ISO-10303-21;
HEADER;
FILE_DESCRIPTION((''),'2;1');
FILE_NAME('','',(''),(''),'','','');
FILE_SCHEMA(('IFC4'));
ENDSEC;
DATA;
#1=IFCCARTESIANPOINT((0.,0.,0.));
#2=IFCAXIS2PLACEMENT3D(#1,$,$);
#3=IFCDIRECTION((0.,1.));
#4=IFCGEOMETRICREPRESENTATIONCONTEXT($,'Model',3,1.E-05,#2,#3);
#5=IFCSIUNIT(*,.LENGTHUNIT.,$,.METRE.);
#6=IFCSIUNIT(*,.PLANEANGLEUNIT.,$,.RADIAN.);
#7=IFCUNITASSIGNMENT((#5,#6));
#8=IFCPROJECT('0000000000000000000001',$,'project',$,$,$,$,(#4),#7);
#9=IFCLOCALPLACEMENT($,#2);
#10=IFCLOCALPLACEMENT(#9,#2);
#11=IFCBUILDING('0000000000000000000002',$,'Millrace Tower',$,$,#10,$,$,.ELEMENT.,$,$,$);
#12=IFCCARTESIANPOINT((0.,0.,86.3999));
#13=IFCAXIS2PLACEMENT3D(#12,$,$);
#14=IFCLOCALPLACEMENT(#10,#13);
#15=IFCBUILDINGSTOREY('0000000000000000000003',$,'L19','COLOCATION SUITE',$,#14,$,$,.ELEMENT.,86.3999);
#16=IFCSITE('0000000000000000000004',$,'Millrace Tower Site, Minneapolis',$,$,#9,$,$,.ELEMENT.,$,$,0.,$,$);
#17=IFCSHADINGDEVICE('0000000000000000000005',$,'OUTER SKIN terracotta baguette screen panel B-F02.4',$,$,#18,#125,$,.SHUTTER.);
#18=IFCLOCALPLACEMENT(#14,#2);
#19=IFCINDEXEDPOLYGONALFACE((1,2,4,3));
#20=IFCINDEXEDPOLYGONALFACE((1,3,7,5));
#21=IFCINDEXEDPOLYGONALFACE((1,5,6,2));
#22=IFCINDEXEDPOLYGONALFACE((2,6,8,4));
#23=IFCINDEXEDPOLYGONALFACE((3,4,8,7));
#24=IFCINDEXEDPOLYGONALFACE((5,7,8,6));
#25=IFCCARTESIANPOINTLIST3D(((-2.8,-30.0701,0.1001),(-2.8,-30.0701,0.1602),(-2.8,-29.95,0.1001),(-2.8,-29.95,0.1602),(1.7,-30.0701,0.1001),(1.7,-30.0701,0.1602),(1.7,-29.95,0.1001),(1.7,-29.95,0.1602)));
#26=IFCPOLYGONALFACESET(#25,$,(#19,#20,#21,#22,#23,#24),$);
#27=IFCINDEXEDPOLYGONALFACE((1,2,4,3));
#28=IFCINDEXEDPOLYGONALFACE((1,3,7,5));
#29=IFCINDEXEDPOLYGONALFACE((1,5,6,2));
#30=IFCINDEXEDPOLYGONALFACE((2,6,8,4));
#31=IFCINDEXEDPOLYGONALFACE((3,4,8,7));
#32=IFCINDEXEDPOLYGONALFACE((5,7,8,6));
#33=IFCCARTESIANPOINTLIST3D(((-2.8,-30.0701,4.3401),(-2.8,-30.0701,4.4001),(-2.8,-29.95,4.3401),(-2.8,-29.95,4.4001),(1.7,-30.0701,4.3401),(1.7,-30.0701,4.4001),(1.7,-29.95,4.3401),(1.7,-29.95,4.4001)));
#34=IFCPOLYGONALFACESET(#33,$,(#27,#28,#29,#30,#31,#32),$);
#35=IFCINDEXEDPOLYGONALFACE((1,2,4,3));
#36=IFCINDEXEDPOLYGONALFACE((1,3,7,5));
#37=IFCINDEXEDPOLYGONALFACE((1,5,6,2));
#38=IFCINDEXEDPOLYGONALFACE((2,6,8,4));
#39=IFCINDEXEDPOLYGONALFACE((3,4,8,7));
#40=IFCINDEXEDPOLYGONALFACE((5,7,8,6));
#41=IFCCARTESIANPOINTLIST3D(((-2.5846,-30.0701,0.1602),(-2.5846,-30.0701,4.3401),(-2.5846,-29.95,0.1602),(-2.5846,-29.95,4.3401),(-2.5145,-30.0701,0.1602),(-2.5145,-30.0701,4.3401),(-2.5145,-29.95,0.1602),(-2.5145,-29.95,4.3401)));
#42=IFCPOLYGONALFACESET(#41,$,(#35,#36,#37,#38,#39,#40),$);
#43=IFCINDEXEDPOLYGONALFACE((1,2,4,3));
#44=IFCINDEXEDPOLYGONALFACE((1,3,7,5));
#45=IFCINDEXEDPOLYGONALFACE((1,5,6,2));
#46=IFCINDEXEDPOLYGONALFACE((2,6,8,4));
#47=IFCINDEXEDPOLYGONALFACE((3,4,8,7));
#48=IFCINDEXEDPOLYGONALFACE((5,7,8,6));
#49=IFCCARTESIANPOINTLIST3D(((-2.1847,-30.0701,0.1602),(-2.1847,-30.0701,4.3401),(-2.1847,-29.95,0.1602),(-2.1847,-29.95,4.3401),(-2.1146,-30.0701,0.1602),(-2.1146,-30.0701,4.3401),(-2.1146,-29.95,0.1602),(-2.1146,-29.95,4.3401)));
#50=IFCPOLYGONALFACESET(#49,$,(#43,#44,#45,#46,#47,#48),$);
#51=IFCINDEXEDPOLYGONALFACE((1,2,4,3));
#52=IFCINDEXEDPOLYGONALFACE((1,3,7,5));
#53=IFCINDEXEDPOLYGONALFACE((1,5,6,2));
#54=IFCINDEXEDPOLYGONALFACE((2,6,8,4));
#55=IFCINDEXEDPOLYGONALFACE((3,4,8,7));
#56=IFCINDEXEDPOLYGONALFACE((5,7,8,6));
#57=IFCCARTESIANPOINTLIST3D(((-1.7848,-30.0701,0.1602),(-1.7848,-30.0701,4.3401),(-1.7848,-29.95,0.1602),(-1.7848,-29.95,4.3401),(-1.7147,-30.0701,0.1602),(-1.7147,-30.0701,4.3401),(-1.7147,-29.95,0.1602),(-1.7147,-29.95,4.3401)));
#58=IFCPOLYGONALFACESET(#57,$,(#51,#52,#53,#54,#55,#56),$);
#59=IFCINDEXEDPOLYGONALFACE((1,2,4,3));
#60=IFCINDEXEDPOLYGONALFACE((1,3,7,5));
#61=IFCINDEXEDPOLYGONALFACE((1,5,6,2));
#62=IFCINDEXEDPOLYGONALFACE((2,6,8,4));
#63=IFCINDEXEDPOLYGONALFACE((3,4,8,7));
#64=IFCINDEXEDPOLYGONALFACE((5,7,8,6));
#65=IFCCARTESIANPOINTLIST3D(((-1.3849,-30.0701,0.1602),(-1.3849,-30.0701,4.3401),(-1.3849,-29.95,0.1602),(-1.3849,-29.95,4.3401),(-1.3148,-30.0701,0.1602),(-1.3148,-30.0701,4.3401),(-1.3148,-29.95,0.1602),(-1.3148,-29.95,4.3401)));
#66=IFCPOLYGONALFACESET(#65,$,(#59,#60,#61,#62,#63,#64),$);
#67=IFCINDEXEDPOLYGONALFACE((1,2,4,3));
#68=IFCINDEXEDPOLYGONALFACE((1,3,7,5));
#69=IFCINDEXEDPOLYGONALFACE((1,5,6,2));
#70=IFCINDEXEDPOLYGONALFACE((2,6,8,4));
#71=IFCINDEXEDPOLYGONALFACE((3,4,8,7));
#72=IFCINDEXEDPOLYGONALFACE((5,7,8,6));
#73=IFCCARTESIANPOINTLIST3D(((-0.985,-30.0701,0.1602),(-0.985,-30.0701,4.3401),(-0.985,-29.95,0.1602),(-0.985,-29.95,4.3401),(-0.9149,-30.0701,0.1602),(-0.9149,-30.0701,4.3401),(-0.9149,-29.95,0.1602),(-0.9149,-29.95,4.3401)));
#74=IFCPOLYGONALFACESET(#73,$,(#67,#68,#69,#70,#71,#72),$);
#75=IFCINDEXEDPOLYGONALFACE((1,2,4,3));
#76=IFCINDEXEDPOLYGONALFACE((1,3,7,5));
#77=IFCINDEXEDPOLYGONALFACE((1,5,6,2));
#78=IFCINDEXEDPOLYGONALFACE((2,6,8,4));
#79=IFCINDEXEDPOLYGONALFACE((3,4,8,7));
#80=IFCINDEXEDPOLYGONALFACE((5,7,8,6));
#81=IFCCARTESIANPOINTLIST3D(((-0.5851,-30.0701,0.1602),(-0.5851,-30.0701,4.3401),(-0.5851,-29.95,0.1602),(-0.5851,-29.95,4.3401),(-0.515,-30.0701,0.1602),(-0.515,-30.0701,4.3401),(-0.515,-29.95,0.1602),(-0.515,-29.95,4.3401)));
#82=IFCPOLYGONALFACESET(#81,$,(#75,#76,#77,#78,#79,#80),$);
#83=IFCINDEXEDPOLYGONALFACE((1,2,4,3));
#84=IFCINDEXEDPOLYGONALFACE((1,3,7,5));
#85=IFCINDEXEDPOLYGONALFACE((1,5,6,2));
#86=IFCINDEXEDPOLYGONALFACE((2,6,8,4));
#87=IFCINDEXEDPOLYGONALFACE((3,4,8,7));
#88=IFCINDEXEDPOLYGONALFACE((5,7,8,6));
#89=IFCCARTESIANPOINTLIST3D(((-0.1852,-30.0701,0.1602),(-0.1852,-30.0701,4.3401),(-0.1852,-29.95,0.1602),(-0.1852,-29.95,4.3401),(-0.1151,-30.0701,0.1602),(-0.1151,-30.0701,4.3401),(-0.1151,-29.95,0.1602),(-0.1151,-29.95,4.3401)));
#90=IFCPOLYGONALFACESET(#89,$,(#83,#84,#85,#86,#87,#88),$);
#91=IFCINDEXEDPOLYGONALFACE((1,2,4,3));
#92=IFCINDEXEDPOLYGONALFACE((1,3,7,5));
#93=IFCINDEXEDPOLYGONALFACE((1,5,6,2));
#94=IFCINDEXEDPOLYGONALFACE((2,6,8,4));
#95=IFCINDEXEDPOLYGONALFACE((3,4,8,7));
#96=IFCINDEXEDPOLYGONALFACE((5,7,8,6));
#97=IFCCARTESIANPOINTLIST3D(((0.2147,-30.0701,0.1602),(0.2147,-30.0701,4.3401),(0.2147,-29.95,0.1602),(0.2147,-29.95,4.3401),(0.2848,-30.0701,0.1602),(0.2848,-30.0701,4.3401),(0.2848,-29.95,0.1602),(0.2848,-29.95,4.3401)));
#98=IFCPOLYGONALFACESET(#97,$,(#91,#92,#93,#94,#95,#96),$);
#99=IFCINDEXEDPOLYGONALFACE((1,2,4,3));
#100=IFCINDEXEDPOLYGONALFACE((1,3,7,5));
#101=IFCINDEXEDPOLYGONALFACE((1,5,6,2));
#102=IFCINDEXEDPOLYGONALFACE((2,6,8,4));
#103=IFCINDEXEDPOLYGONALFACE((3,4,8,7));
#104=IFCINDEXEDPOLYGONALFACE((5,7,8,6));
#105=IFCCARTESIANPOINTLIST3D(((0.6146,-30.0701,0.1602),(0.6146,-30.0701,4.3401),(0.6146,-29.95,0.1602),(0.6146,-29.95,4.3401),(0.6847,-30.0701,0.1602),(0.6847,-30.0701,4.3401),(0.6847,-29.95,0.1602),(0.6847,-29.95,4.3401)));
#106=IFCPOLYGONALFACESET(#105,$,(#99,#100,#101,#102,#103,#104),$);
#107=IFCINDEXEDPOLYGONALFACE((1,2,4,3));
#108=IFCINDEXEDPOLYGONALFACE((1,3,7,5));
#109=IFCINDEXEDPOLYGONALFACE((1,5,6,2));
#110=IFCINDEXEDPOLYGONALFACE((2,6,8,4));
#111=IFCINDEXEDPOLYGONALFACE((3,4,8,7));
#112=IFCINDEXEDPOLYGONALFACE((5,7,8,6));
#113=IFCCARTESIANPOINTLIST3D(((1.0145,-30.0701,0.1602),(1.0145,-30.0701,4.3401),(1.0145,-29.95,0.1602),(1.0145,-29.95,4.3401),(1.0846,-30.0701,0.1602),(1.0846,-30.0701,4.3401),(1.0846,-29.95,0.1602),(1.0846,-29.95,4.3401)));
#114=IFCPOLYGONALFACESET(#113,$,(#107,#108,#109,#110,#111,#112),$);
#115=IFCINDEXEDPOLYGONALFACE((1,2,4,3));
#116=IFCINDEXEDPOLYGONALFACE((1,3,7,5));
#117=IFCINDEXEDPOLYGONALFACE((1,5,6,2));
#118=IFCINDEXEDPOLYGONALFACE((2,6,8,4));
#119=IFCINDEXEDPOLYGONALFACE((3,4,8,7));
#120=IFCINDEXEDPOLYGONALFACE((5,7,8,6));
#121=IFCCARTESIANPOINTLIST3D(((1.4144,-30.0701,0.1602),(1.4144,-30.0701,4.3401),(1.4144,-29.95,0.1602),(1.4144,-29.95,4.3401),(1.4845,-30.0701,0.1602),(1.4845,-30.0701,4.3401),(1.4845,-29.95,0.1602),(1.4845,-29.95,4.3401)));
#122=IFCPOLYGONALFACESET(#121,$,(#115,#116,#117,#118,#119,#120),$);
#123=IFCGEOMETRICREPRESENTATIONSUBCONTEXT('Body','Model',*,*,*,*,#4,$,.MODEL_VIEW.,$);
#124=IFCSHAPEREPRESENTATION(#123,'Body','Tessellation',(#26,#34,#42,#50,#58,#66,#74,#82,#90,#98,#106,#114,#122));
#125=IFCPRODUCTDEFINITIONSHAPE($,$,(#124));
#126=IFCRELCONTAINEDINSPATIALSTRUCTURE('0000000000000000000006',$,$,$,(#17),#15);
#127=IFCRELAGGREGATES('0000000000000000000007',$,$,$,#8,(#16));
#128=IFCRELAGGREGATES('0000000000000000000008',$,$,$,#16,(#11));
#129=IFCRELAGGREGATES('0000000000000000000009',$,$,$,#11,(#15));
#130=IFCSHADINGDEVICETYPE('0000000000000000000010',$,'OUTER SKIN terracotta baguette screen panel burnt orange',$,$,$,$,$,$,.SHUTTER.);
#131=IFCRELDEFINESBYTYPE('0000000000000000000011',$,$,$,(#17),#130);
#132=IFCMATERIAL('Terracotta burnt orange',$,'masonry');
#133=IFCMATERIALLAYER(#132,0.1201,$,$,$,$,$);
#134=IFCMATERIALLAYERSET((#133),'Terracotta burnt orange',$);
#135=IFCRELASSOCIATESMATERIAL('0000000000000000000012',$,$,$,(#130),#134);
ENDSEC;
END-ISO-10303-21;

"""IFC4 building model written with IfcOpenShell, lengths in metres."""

from ifc_helpers import new_model, entity, si_unit, direction, frame, frame_2d, origin, origin_2d, place, context, subcontext, project, spatial, rectangle, extrude, source, transform, mapped, material, layer, layer_set, type_object, element, save


model = new_model("IFC4")

# Units and contexts
model_context = context("Model", 3, precision=1e-05, world=origin(), true_north=direction((0.0, 1.0)))
body_context = subcontext(model_context, "Body", "Model", "MODEL_VIEW")
ifc_project = project(units=[si_unit("LENGTHUNIT", "METRE"), si_unit("PLANEANGLEUNIT", "RADIAN")], contexts=[model_context])

# Site, building, storey
site_placement = place(None, origin())
site = spatial("IfcSite", under=ifc_project, at=site_placement, Name="Millrace Tower Site, Minneapolis", CompositionType="ELEMENT", RefElevation=0.0)
building_placement = place(site_placement, origin())
building = spatial("IfcBuilding", under=site, at=building_placement, Name="Millrace Tower", CompositionType="ELEMENT")
storey_placement = place(building_placement, frame((0.0, 0.0, 86.3999)))
storey = spatial("IfcBuildingStorey", under=building, at=storey_placement, Name="L19", Description="COLOCATION SUITE", CompositionType="ELEMENT", Elevation=86.3999)

# Shading device
ifc_material_1 = material(Name="Terracotta burnt orange", Category="masonry")
ifc_layer_1 = layer(ifc_material_1, 0.1201)
ifc_layer_set_1 = layer_set([ifc_layer_1], Name="Terracotta burnt orange")
shading_device_type = type_object("IfcShadingDeviceType", Name="OUTER SKIN terracotta baguette screen panel burnt orange", PredefinedType="SHUTTER", material=ifc_layer_set_1)
cartesian_point_1 = entity("IfcCartesianPoint", [-2.25, 0.0601])
shared_polyline_1 = entity("IfcPolyline", [cartesian_point_1, entity("IfcCartesianPoint", [2.25, 0.0601]), entity("IfcCartesianPoint", [2.25, -0.0601]), entity("IfcCartesianPoint", [-2.25, -0.0601]), cartesian_point_1])
shared_shape_1 = source(origin(), body_context, "Body", "SweptSolid", [
    entity("IfcExtrudedAreaSolid", entity("IfcArbitraryClosedProfileDef", "AREA", None, shared_polyline_1), entity("IfcAxis2Placement3D", entity("IfcCartesianPoint", [0.0, 0.0, 0.0])), entity("IfcDirection", [0.0, 0.0, 1.0]), 0.0601),
    entity("IfcExtrudedAreaSolid", entity("IfcArbitraryClosedProfileDef", "AREA", None, shared_polyline_1), entity("IfcAxis2Placement3D", entity("IfcCartesianPoint", [0.0, 0.0, 4.24])), entity("IfcDirection", [0.0, 0.0, 1.0]), 0.0601),
    extrude(rectangle(XDim=0.0701, YDim=0.1201, at=frame_2d((-1.9995, 0.0))), frame((0.0, 0.0, 0.0601)), (0.0, 0.0, 1.0), 4.1799),
    extrude(rectangle(XDim=0.0701, YDim=0.1201, at=frame_2d((-1.5996, 0.0))), frame((0.0, 0.0, 0.0601)), (0.0, 0.0, 1.0), 4.1799),
    extrude(rectangle(XDim=0.0701, YDim=0.1201, at=frame_2d((-1.1997, 0.0))), frame((0.0, 0.0, 0.0601)), (0.0, 0.0, 1.0), 4.1799),
    extrude(rectangle(XDim=0.0701, YDim=0.1201, at=frame_2d((-0.7998, 0.0))), frame((0.0, 0.0, 0.0601)), (0.0, 0.0, 1.0), 4.1799),
    extrude(rectangle(XDim=0.0701, YDim=0.1201, at=frame_2d((-0.3999, 0.0))), frame((0.0, 0.0, 0.0601)), (0.0, 0.0, 1.0), 4.1799),
    extrude(rectangle(XDim=0.0701, YDim=0.1201, at=origin_2d()), frame((0.0, 0.0, 0.0601)), (0.0, 0.0, 1.0), 4.1799),
    extrude(rectangle(XDim=0.0701, YDim=0.1201, at=frame_2d((0.3999, 0.0))), frame((0.0, 0.0, 0.0601)), (0.0, 0.0, 1.0), 4.1799),
    extrude(rectangle(XDim=0.0701, YDim=0.1201, at=frame_2d((0.7998, 0.0))), frame((0.0, 0.0, 0.0601)), (0.0, 0.0, 1.0), 4.1799),
    extrude(rectangle(XDim=0.0701, YDim=0.1201, at=frame_2d((1.1997, 0.0))), frame((0.0, 0.0, 0.0601)), (0.0, 0.0, 1.0), 4.1799),
    extrude(rectangle(XDim=0.0701, YDim=0.1201, at=frame_2d((1.5996, 0.0))), frame((0.0, 0.0, 0.0601)), (0.0, 0.0, 1.0), 4.1799),
    extrude(rectangle(XDim=0.0701, YDim=0.1201, at=frame_2d((1.9995, 0.0))), frame((0.0, 0.0, 0.0601)), (0.0, 0.0, 1.0), 4.1799),
])
for number, where, z_axis, x_axis, name in (
    (1, (-0.55, -30.01, 0.1001), (0.0, 0.0, 1.0), (1.0, 0.0, 0.0), "OUTER SKIN terracotta baguette screen panel B-F02.4"),
):
    element("IfcShadingDevice", number, at=place(storey_placement, frame(where, z_axis=z_axis, x_axis=x_axis)), inside=storey, type_object=shading_device_type, Name=name, PredefinedType="SHUTTER", context=body_context, shape_type="MappedRepresentation", body=[
        mapped(shared_shape_1, transform((0.0, 0.0, 0.0), scale=1.0)),
    ])

save(model, "model.ifc")
